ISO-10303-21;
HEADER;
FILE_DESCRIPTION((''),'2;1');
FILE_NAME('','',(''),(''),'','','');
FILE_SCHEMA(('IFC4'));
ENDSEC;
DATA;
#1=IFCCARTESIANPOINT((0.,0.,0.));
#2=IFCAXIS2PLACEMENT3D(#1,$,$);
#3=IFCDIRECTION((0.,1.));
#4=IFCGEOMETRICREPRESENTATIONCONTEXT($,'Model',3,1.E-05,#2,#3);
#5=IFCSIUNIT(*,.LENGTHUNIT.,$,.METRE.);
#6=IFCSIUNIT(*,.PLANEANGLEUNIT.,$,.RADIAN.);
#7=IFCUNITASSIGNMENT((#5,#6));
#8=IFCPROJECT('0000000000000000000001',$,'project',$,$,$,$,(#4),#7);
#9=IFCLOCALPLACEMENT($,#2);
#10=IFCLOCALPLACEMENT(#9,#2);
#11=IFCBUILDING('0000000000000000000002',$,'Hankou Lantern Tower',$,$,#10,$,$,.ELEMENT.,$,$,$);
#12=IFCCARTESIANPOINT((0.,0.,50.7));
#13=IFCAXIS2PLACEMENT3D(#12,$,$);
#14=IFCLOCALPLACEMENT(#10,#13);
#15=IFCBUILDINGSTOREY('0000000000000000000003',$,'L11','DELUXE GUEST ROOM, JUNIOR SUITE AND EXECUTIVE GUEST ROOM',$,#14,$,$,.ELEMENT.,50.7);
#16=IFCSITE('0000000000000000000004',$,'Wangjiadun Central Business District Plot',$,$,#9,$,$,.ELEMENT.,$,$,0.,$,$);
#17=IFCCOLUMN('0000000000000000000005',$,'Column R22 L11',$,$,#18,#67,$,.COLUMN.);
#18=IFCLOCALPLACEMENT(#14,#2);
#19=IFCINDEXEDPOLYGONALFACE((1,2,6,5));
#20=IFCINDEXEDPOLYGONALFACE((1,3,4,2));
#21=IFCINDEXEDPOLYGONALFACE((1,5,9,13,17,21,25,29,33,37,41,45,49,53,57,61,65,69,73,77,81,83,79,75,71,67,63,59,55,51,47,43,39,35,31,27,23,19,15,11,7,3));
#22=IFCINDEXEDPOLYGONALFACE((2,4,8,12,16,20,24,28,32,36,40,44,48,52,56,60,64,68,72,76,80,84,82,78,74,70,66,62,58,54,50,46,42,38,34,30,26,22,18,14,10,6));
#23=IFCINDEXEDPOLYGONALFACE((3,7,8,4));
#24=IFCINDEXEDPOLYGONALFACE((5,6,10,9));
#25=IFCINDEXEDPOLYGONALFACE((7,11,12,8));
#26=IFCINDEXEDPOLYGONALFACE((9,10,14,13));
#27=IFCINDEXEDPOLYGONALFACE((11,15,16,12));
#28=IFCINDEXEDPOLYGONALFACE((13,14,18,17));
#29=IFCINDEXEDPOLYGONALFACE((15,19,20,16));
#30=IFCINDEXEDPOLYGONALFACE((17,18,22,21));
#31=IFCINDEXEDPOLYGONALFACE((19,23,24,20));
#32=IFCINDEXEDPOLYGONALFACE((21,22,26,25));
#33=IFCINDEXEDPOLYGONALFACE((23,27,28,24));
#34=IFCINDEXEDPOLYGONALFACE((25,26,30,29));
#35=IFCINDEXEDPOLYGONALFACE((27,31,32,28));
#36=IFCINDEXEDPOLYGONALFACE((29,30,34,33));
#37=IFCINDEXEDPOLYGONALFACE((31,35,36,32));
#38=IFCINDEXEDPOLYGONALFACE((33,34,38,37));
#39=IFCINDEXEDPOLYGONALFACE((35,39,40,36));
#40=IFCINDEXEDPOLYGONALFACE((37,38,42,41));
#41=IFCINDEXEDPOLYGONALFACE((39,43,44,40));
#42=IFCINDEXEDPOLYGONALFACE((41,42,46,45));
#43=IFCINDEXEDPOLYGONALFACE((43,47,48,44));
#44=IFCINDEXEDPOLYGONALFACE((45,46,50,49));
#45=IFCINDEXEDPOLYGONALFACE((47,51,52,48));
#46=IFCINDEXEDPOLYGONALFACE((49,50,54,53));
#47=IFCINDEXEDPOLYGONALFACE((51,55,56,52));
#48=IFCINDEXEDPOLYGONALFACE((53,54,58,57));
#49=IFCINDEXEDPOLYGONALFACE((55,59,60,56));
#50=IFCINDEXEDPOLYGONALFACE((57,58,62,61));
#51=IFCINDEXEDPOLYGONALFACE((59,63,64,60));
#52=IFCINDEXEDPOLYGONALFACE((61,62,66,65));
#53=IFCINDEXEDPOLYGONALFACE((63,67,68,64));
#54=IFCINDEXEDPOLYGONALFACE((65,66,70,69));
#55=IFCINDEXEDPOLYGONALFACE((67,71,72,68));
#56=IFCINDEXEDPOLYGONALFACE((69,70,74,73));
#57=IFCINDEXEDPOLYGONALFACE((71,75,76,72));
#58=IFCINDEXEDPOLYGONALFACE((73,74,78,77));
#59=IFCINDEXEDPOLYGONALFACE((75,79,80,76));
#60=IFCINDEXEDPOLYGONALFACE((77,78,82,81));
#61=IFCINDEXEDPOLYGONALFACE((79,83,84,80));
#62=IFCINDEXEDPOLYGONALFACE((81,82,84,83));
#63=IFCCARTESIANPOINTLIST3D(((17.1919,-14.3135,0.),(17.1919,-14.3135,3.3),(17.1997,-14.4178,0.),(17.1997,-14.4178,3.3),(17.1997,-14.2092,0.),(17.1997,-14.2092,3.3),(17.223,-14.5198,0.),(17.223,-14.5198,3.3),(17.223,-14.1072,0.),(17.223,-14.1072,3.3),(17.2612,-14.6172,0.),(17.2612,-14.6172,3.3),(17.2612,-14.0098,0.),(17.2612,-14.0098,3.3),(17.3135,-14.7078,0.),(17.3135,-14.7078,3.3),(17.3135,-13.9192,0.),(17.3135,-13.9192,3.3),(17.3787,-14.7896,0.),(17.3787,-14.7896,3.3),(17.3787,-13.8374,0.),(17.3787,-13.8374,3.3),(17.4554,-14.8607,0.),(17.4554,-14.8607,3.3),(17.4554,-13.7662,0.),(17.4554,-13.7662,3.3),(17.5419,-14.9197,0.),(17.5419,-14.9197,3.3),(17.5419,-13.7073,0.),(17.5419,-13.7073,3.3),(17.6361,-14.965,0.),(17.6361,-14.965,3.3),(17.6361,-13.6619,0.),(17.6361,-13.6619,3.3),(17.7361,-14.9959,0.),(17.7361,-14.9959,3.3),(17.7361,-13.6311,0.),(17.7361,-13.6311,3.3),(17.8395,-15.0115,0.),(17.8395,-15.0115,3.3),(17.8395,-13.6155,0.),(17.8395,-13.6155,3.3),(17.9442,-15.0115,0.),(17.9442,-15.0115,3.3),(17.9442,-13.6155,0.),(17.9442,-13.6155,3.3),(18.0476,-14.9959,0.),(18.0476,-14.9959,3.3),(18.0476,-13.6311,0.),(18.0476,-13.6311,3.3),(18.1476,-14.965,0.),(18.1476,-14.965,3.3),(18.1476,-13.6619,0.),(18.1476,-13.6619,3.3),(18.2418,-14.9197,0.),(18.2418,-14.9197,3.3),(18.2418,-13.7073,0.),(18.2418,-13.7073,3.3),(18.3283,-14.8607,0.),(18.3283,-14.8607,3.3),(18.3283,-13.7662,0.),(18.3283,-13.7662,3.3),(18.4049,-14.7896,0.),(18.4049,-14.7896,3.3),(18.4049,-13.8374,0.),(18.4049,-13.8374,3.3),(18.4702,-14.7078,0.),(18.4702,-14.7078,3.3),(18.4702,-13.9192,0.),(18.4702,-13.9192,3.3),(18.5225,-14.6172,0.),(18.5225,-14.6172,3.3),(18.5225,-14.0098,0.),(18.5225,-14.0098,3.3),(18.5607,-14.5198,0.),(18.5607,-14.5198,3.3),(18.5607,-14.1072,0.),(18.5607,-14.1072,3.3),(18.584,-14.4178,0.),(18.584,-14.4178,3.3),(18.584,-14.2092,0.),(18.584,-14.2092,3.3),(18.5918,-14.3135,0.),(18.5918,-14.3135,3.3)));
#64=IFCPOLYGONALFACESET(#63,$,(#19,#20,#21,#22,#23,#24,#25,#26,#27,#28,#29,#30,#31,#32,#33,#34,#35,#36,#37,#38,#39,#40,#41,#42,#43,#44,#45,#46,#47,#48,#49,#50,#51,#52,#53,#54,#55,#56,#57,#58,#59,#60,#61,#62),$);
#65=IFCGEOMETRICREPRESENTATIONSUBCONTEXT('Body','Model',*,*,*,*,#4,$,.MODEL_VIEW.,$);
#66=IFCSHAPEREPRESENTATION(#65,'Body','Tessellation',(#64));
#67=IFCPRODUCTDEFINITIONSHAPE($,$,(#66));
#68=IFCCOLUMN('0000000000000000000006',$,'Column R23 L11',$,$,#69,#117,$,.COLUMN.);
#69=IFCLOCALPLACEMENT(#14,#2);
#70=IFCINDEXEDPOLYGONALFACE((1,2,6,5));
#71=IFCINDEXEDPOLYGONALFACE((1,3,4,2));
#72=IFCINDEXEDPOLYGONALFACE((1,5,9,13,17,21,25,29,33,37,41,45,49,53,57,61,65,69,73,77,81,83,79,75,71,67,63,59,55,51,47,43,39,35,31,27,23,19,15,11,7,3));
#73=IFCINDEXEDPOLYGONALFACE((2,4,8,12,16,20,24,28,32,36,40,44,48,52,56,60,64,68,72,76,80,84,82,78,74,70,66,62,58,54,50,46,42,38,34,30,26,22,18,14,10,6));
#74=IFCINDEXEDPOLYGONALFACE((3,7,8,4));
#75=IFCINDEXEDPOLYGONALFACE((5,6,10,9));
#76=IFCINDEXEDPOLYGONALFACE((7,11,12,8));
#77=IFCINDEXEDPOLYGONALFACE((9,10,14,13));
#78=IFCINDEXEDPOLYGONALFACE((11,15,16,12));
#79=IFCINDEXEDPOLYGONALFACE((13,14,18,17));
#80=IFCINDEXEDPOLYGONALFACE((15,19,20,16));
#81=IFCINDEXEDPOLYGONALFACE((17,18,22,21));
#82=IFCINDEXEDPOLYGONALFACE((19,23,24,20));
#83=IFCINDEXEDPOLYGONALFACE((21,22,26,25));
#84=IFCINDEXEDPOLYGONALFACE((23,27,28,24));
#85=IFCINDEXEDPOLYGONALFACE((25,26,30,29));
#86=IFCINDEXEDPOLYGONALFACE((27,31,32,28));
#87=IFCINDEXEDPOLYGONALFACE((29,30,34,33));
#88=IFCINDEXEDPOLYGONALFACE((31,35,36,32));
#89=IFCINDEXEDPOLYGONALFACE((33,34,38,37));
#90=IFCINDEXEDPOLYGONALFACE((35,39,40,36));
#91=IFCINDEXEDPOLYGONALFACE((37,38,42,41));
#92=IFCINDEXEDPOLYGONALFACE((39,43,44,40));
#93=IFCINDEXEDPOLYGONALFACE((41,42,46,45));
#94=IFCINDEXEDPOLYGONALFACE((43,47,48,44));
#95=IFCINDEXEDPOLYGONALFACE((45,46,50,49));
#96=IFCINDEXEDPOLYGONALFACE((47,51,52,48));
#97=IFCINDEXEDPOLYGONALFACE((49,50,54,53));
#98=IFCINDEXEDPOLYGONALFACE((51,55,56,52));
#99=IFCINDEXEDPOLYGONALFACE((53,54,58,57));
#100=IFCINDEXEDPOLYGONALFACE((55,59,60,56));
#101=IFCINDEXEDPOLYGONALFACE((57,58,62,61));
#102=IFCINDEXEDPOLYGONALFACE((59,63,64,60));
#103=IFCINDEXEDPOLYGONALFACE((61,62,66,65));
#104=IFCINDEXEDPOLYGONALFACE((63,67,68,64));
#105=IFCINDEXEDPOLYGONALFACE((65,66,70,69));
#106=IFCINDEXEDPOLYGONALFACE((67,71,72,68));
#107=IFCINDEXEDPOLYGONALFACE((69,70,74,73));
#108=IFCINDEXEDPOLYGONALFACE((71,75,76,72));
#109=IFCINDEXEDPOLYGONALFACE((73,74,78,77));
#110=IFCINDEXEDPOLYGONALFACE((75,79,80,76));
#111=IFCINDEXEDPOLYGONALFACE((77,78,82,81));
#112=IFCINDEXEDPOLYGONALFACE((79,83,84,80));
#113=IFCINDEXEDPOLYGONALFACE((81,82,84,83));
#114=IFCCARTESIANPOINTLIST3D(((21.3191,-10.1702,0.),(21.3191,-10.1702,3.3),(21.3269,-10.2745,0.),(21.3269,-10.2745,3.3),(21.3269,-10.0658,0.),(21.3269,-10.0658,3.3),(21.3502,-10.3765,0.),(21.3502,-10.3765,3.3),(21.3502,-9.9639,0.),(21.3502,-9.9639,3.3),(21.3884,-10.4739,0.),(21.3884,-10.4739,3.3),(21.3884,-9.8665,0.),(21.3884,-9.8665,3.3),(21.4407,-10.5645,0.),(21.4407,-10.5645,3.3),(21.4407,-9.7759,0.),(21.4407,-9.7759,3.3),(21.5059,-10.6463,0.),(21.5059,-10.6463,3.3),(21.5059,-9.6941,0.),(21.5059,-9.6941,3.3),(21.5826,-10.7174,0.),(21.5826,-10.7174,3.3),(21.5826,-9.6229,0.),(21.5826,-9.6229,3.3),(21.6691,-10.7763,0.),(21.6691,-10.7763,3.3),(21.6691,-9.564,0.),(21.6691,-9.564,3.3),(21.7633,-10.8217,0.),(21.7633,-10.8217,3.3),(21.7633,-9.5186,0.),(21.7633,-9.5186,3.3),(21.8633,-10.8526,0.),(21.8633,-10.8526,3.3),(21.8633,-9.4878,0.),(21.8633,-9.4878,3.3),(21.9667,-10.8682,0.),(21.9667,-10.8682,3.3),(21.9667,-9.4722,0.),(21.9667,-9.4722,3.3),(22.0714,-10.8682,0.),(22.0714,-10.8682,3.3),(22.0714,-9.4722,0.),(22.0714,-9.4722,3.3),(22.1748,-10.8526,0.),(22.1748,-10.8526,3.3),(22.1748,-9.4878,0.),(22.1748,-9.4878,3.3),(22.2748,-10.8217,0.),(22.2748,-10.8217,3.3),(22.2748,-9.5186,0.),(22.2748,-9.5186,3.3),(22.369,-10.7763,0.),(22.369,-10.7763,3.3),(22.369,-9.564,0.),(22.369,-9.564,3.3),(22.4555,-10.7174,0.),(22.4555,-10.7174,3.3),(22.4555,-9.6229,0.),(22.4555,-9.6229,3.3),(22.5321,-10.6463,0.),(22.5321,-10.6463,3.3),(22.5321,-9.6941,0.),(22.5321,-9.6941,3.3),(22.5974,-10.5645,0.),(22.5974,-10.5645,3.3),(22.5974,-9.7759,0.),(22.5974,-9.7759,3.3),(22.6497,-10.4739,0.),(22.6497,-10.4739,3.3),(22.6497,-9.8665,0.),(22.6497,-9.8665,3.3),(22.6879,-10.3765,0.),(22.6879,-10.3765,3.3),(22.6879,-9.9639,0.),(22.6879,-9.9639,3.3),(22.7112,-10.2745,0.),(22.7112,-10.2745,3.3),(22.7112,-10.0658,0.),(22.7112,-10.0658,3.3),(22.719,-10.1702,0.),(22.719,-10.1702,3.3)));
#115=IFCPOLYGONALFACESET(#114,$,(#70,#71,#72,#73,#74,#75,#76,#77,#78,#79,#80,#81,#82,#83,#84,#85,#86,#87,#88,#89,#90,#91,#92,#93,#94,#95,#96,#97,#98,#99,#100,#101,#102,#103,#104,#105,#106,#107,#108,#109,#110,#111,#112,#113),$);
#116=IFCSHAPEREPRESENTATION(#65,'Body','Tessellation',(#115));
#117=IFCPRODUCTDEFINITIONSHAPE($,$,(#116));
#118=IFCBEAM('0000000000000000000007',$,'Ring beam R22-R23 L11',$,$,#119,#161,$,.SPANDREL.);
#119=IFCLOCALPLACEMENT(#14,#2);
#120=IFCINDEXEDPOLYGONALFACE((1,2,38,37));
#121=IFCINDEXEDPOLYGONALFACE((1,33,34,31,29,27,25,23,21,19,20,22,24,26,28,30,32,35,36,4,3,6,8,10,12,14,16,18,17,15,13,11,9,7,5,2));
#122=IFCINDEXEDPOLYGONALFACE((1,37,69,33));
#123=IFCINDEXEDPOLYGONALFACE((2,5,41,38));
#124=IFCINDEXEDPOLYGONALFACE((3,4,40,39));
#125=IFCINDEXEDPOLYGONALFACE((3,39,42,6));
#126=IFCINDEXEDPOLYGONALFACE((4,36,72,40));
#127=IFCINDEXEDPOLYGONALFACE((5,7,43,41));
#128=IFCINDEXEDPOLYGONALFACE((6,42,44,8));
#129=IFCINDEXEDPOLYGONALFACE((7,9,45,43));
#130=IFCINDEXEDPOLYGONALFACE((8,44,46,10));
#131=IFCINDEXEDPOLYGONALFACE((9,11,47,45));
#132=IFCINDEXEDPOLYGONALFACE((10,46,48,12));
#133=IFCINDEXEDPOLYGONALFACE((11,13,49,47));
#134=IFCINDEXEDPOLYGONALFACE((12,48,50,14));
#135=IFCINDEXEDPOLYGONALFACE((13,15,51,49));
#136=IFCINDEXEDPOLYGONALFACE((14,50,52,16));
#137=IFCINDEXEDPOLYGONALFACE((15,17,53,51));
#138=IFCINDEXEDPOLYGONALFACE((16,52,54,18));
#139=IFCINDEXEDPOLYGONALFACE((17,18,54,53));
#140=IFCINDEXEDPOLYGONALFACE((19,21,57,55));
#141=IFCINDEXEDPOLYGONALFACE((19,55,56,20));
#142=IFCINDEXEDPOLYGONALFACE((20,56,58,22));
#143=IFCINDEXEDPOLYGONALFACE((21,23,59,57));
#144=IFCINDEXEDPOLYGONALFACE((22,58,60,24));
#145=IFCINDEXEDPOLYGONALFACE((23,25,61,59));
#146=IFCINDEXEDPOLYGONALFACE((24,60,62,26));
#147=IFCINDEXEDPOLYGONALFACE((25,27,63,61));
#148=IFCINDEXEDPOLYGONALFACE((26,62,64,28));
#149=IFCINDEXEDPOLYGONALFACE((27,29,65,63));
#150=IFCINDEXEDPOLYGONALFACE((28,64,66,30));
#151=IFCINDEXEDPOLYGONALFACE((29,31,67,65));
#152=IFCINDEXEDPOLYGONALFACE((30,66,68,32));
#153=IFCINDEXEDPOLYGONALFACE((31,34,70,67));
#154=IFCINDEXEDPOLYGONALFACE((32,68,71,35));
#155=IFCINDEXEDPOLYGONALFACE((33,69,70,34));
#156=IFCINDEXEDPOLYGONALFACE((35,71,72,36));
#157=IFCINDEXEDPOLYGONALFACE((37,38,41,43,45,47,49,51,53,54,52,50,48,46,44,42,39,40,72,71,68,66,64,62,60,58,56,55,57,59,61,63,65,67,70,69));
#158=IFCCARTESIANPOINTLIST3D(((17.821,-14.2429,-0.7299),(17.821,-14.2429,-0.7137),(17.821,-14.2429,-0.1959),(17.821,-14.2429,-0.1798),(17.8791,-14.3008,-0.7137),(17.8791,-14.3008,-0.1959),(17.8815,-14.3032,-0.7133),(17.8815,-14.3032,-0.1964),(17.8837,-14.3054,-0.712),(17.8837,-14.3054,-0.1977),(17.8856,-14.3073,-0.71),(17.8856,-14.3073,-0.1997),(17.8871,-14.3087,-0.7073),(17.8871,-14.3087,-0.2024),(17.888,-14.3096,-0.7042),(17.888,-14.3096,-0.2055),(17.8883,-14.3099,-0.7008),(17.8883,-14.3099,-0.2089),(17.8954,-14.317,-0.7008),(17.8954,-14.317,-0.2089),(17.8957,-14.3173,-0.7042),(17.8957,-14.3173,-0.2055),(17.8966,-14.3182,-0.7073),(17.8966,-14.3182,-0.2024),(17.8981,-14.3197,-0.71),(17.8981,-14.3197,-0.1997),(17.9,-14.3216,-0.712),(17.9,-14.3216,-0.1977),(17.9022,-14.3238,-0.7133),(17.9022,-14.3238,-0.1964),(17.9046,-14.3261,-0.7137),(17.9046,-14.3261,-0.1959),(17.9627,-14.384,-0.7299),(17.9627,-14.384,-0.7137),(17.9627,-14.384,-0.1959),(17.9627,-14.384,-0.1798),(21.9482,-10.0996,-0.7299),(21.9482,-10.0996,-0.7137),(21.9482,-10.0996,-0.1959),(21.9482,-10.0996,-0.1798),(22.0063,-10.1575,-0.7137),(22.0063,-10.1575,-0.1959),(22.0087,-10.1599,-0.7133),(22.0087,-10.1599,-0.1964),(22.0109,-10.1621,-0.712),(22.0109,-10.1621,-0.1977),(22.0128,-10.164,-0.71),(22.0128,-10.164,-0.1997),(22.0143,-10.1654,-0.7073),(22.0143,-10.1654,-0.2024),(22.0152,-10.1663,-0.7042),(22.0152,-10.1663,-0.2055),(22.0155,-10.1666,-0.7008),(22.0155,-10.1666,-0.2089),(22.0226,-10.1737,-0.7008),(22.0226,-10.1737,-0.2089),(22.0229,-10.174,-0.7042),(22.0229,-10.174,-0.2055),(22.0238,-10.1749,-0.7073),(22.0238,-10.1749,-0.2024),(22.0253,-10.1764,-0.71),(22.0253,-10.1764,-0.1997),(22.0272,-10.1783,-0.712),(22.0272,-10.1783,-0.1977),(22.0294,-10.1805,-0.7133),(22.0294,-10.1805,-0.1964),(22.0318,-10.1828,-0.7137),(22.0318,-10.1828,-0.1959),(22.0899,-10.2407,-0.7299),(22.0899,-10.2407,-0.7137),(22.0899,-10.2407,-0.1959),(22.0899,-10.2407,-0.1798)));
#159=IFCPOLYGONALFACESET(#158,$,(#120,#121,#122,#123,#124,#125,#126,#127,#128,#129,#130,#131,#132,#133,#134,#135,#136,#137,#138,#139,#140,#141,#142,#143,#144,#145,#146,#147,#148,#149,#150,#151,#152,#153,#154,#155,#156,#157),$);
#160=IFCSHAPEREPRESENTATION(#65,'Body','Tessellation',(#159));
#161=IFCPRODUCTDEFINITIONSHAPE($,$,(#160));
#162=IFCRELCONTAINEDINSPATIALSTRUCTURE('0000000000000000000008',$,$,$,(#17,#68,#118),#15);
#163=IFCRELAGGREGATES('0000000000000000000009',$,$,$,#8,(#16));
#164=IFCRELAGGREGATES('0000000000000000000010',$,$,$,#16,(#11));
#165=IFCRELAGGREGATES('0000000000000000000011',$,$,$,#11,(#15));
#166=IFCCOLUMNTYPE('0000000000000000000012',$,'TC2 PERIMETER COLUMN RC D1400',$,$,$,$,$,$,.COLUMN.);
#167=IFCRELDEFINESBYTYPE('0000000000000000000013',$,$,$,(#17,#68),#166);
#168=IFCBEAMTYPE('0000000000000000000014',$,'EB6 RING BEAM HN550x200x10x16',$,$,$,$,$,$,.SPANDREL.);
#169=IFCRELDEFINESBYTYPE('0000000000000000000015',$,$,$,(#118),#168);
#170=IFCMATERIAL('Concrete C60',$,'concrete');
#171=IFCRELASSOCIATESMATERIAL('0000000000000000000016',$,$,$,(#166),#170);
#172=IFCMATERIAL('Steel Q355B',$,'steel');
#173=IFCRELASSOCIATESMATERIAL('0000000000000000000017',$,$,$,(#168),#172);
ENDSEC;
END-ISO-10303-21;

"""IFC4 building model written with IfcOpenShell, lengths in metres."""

from ifc_helpers import new_model, si_unit, direction, frame, origin, origin_2d, place, context, subcontext, project, spatial, circle, i_section, extrude, material, material_profile, profile_set, type_object, element, save


model = new_model("IFC4")

# Units and contexts
model_context = context("Model", 3, precision=1e-05, world=origin(), true_north=direction((0.0, 1.0)))
body_context = subcontext(model_context, "Body", "Model", "MODEL_VIEW")
ifc_project = project(units=[si_unit("LENGTHUNIT", "METRE"), si_unit("PLANEANGLEUNIT", "RADIAN")], contexts=[model_context])

# Site, building, storey
site_placement = place(None, origin())
site = spatial("IfcSite", under=ifc_project, at=site_placement, Name="Wangjiadun Central Business District Plot", CompositionType="ELEMENT", RefElevation=0.0)
building_placement = place(site_placement, origin())
building = spatial("IfcBuilding", under=site, at=building_placement, Name="Hankou Lantern Tower", CompositionType="ELEMENT")
storey_placement = place(building_placement, frame((0.0, 0.0, 50.7)))
storey = spatial("IfcBuildingStorey", under=building, at=storey_placement, Name="L11", Description="DELUXE GUEST ROOM, JUNIOR SUITE AND EXECUTIVE GUEST ROOM", CompositionType="ELEMENT", Elevation=50.7)

# Columns
ifc_material_1 = material(Name="Concrete C60", Category="concrete")
ifc_material_profile_1 = material_profile(ifc_material_1, circle(Radius=0.7, at=origin_2d()), Name="RC D1400")
ifc_profile_set_1 = profile_set([ifc_material_profile_1], Name="Concrete C60")
column_type = type_object("IfcColumnType", Name="TC2 PERIMETER COLUMN RC D1400", PredefinedType="COLUMN", material=ifc_profile_set_1)
for number, where, z_axis, x_axis, name in (
    (1, (17.8918, -14.3135, 0.0), (0.0, 0.0, 1.0), (1.0, 0.0, 0.0), "Column R22 L11"),
    (2, (22.019, -10.1702, 0.0), (0.0, 0.0, 1.0), (1.0, 0.0, 0.0), "Column R23 L11"),
):
    element("IfcColumn", number, at=place(storey_placement, frame(where, z_axis=z_axis, x_axis=x_axis)), inside=storey, type_object=column_type, Name=name, PredefinedType="COLUMN", context=body_context, shape_type="SweptSolid", body=[
        extrude(circle(Radius=0.7, at=origin_2d()), origin(), (0.0, 0.0, 1.0), 3.3),
    ])

# Beam
ifc_material_2 = material(Name="Steel Q355B", Category="steel")
ifc_material_profile_2 = material_profile(ifc_material_2, i_section(OverallWidth=0.2, OverallDepth=0.55, WebThickness=0.01, FlangeThickness=0.0161, FilletRadius=0.0129, at=origin_2d()), Name="HN550x200x10x16")
ifc_profile_set_2 = profile_set([ifc_material_profile_2], Name="Steel Q355B")
beam_type_1 = type_object("IfcBeamType", Name="EB6 RING BEAM HN550x200x10x16", PredefinedType="SPANDREL", material=ifc_profile_set_2)
beam_1_placement = place(storey_placement, frame((17.8918, -14.3135, -0.4548), z_axis=(0.705728, 0.708483, 0.0), x_axis=(-0.708483, 0.705728, 0.0)))
element("IfcBeam", 3, at=beam_1_placement, inside=storey, type_object=beam_type_1, Name="Ring beam R22-R23 L11", PredefinedType="SPANDREL", context=body_context, shape_type="SweptSolid", body=[
    extrude(i_section(OverallWidth=0.2, OverallDepth=0.55, WebThickness=0.01, FlangeThickness=0.0161, FilletRadius=0.0129, at=origin_2d()), origin(), (0.0, 0.0, 1.0), 5.8481),
])

save(model, "model.ifc")
